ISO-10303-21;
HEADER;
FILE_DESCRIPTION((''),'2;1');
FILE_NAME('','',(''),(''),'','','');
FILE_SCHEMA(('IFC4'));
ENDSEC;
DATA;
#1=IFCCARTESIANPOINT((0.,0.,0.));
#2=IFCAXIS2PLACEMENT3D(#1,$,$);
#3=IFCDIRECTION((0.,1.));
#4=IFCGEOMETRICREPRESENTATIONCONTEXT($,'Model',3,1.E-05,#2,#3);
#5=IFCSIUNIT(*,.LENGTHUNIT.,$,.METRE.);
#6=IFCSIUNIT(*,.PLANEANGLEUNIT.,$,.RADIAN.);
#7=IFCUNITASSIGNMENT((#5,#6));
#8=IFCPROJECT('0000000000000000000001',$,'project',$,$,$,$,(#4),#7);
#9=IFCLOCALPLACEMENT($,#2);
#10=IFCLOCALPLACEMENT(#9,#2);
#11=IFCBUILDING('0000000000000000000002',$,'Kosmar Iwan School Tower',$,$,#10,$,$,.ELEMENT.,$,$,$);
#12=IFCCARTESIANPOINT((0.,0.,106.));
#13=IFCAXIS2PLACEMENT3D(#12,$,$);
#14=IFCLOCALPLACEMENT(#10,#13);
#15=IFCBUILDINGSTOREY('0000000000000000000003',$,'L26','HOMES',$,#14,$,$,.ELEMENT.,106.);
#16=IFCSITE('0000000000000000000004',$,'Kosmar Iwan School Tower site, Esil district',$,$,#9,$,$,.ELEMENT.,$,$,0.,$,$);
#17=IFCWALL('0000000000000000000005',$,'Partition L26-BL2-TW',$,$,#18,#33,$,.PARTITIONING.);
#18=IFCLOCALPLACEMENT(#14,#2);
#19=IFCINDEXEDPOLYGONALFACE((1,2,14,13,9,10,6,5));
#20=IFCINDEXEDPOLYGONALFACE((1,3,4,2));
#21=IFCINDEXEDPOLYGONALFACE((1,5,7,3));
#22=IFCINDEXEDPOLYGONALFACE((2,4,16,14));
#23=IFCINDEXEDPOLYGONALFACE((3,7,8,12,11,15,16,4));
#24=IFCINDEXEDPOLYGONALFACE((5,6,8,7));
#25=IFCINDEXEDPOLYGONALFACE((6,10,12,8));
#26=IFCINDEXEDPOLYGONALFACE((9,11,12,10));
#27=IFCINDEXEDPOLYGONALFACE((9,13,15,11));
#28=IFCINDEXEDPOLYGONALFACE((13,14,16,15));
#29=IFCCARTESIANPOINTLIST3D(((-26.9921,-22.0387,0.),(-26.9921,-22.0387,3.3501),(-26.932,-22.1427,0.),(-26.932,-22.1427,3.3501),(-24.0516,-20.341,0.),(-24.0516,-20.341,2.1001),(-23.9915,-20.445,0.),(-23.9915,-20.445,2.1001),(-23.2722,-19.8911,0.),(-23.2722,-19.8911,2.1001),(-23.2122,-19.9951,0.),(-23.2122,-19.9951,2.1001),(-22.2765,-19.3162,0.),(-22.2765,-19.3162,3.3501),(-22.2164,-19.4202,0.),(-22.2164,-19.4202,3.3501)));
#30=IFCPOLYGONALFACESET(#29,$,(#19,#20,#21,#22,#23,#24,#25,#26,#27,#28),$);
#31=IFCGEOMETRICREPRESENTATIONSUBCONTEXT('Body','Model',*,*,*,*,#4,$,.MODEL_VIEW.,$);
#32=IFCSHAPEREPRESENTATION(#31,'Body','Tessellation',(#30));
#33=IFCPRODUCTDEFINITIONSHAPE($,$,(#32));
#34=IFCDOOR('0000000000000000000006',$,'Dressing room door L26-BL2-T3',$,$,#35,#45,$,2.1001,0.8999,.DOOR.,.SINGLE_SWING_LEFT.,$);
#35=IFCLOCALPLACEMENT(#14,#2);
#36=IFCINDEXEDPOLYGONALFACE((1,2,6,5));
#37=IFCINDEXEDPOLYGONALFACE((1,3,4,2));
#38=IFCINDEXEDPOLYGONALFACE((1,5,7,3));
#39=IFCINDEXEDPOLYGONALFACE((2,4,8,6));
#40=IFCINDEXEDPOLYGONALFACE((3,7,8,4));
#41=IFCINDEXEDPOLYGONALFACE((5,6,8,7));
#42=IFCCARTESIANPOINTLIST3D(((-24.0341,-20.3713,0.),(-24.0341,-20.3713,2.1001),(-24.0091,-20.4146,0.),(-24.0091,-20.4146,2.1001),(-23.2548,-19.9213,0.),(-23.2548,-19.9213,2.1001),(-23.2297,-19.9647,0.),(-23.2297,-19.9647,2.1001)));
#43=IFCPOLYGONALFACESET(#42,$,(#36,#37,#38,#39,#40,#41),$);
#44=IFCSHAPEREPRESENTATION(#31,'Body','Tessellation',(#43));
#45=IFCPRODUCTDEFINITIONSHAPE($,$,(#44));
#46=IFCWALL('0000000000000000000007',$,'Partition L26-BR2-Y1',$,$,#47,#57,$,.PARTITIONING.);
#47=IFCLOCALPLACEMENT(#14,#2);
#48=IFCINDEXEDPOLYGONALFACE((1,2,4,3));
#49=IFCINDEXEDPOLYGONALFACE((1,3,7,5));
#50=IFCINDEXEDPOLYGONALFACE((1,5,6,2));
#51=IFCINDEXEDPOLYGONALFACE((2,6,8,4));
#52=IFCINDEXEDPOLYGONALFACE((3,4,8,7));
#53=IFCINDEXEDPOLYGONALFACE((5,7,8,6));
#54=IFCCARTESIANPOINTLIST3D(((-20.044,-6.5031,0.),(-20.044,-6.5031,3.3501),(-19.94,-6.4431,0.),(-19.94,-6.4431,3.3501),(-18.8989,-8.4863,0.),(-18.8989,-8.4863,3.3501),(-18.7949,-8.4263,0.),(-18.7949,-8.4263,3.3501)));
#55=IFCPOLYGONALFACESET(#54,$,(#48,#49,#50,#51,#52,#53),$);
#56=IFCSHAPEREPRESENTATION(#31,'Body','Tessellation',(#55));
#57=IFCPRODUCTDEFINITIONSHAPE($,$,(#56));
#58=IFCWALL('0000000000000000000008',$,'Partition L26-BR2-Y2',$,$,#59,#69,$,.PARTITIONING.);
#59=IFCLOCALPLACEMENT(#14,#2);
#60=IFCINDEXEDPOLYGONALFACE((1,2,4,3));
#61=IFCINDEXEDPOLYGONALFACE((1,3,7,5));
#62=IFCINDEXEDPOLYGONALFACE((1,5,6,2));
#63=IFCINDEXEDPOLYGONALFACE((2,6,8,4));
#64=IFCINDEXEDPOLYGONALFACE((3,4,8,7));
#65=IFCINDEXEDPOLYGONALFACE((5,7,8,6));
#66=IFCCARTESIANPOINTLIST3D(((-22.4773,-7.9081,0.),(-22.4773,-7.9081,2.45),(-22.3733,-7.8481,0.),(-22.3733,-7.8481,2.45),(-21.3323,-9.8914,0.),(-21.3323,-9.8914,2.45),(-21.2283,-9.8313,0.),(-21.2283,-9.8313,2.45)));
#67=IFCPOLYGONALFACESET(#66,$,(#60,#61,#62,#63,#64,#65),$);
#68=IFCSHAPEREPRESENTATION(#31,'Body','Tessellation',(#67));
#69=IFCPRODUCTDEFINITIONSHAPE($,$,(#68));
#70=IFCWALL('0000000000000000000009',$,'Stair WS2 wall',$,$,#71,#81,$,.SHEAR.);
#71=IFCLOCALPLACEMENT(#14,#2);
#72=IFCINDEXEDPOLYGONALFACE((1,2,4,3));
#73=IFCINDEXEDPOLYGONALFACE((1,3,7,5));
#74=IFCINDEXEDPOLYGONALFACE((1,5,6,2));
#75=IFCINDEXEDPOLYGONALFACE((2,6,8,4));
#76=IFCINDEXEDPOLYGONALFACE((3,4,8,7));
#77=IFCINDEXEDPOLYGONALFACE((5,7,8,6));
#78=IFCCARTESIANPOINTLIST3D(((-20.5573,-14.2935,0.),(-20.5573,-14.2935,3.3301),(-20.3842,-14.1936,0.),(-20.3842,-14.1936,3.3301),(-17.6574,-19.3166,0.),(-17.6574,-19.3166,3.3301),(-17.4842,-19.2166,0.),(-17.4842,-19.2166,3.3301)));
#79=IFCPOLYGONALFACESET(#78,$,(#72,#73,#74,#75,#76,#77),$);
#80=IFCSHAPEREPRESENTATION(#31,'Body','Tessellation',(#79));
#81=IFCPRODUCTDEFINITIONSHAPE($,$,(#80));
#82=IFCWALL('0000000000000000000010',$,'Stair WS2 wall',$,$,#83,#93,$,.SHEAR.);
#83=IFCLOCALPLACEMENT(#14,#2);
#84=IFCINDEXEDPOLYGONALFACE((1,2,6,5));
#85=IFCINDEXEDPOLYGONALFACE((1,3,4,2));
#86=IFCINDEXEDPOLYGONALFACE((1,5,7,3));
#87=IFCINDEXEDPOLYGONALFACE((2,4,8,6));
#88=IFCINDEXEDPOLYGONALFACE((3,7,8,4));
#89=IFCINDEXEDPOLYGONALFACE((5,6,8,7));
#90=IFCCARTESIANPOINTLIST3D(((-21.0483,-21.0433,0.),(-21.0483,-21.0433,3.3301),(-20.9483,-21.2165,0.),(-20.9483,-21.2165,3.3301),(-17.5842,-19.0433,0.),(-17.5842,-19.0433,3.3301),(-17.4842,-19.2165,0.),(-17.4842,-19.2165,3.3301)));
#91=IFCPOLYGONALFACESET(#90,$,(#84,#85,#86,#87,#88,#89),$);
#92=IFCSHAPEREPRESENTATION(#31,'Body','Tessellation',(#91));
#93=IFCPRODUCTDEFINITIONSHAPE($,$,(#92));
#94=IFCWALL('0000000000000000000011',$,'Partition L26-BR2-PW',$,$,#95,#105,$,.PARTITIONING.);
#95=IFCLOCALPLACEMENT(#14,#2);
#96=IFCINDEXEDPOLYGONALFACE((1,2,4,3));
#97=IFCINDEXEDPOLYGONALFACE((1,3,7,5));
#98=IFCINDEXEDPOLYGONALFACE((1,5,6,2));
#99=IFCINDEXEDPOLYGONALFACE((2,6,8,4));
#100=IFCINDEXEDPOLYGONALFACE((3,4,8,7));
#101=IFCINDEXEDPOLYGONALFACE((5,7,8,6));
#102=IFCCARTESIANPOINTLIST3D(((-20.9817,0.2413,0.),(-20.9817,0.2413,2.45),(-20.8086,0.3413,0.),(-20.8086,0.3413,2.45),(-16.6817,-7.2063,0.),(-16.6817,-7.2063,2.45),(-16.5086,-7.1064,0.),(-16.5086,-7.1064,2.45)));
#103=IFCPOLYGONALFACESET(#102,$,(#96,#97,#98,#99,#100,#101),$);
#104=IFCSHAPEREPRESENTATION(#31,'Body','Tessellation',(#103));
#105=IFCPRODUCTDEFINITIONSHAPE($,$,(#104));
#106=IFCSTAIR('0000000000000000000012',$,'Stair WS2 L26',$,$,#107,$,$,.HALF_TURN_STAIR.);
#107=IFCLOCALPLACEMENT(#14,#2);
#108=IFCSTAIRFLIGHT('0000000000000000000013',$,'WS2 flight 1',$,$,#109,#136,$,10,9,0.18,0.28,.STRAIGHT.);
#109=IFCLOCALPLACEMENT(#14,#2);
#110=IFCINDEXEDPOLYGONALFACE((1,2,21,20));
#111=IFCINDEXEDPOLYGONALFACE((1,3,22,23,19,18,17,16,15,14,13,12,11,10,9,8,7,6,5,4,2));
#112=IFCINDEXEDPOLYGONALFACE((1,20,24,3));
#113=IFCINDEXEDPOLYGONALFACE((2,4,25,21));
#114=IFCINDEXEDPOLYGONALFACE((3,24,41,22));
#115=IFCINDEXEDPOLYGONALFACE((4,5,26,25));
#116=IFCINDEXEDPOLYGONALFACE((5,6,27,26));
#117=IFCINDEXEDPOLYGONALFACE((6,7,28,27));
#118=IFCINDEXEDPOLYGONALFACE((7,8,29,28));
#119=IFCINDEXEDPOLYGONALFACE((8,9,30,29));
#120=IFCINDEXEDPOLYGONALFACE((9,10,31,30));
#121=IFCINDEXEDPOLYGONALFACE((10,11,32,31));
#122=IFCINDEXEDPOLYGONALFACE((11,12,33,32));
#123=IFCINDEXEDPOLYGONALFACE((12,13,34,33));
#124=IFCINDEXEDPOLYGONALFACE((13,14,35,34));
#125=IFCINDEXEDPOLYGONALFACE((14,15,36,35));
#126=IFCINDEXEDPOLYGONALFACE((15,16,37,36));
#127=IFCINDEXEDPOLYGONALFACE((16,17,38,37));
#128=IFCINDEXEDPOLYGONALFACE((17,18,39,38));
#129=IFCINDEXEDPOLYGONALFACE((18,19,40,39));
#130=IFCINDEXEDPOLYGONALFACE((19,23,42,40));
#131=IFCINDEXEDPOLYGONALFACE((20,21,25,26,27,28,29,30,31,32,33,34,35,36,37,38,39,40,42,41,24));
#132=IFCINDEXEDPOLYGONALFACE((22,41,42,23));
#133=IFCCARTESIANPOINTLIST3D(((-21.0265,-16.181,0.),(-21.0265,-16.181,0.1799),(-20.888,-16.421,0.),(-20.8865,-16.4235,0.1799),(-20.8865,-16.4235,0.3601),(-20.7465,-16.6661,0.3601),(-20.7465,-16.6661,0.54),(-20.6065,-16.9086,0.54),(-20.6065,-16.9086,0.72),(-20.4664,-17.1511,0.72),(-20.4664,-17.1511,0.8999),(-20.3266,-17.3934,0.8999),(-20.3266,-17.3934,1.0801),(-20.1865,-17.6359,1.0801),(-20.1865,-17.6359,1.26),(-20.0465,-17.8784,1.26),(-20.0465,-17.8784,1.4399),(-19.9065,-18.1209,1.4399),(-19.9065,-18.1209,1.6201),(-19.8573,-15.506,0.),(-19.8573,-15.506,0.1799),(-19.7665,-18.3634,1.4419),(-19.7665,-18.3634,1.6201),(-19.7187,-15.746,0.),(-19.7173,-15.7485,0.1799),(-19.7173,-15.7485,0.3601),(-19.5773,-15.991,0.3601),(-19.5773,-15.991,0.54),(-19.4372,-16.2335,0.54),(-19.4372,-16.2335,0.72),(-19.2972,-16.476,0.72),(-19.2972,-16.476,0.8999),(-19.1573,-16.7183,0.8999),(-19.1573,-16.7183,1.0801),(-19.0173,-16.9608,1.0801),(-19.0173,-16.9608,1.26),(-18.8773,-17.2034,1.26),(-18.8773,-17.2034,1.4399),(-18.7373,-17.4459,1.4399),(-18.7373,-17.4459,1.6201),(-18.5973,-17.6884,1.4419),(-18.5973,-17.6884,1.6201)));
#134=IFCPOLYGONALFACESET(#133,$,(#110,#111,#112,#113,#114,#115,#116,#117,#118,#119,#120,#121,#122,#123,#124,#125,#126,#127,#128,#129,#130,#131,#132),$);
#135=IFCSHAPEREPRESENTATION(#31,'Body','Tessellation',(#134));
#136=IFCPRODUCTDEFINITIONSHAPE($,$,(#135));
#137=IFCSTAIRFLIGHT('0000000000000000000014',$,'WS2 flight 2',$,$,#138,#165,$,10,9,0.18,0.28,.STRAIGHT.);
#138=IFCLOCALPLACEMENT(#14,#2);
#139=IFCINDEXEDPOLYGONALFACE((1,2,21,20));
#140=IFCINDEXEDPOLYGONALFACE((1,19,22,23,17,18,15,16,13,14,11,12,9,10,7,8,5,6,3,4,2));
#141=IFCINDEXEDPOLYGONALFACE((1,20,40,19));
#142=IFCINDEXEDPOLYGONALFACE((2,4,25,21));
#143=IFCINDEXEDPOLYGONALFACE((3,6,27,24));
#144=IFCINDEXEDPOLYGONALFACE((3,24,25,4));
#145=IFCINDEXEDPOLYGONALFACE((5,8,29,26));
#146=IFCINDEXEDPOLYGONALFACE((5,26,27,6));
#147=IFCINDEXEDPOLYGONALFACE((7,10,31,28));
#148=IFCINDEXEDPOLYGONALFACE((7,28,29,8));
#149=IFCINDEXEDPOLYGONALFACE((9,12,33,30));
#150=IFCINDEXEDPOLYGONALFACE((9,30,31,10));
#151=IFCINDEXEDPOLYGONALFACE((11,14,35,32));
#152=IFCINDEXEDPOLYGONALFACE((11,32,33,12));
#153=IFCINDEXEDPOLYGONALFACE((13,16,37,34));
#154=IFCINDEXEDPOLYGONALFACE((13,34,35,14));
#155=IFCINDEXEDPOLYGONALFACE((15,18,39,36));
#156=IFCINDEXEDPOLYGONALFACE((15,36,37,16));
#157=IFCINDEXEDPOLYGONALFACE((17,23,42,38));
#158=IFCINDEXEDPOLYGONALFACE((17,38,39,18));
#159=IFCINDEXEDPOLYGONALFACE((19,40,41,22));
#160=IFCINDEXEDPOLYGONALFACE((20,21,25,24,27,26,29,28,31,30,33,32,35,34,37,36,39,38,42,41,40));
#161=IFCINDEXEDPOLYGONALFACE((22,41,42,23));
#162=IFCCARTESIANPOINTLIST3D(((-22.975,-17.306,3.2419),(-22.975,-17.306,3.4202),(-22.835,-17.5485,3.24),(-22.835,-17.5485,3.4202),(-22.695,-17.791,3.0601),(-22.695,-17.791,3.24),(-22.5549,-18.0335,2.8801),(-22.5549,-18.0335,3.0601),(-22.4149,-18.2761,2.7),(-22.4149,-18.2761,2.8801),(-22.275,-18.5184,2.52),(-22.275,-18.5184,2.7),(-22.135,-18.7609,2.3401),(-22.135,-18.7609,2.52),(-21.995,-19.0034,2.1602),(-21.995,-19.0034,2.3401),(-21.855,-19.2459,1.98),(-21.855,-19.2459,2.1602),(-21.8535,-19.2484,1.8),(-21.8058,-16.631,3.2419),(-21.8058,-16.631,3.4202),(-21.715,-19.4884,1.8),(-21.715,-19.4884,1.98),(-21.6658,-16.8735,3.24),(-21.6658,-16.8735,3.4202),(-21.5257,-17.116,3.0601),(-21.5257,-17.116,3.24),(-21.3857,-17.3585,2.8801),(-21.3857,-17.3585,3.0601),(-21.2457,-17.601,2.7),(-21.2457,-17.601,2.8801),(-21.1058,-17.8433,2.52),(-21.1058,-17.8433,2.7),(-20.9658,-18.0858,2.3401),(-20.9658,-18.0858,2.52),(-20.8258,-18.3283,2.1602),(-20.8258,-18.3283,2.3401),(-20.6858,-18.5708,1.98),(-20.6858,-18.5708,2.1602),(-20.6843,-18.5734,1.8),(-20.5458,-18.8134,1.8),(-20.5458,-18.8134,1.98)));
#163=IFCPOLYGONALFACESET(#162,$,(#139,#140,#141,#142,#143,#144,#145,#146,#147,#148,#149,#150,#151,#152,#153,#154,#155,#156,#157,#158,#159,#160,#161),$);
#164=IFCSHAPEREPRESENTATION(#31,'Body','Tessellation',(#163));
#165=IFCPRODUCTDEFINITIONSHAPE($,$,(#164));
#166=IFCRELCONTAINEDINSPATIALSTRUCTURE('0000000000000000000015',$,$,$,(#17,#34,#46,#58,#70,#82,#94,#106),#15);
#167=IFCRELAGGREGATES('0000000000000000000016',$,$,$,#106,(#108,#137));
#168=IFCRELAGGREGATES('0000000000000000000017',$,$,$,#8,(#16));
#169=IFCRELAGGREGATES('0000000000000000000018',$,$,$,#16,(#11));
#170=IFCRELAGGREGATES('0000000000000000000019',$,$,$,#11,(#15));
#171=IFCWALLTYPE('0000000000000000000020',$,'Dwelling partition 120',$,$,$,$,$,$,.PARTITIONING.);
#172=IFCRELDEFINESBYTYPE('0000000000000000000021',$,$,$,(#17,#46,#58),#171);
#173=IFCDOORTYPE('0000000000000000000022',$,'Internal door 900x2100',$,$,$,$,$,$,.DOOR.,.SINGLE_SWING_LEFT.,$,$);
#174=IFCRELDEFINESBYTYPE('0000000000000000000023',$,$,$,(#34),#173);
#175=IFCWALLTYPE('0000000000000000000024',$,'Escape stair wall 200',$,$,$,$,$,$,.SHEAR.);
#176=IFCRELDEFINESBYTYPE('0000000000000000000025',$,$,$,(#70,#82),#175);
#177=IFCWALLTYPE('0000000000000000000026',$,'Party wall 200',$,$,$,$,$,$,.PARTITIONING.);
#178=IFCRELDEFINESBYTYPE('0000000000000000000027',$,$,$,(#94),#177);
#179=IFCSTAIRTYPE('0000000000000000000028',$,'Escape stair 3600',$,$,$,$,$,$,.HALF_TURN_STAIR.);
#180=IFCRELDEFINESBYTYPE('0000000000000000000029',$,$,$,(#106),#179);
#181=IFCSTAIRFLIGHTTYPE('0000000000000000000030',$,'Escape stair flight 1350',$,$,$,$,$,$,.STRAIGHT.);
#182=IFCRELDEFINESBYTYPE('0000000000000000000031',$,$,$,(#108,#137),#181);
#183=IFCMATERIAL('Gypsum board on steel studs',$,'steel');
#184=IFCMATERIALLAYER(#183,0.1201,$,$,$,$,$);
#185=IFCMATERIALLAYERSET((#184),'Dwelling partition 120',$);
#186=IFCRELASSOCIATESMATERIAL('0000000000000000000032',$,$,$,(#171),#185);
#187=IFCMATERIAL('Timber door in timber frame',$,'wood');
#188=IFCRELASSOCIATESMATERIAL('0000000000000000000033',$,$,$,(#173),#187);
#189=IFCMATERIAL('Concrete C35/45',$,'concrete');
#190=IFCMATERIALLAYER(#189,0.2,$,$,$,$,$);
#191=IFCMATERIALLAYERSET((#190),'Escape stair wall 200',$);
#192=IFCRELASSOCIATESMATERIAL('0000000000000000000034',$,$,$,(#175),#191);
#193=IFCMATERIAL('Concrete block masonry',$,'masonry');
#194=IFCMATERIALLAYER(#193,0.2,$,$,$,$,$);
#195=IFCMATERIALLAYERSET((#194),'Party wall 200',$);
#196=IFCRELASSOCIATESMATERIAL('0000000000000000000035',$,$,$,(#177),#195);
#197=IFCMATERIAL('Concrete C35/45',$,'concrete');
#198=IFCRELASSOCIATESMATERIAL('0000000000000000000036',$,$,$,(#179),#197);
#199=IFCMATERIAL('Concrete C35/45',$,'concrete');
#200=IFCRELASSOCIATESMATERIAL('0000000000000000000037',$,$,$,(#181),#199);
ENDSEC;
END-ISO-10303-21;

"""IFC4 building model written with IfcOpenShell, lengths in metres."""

from ifc_helpers import new_model, si_unit, direction, frame, frame_2d, origin, place, context, subcontext, project, spatial, polyline, rectangle, outline, extrude, material, layer, layer_set, type_object, element, fill, aggregate, save


model = new_model("IFC4")

# Units and contexts
model_context = context("Model", 3, precision=1e-05, world=origin(), true_north=direction((0.0, 1.0)))
body_context = subcontext(model_context, "Body", "Model", "MODEL_VIEW")
ifc_project = project(units=[si_unit("LENGTHUNIT", "METRE"), si_unit("PLANEANGLEUNIT", "RADIAN")], contexts=[model_context])

# Site, building, storey
site_placement = place(None, origin())
site = spatial("IfcSite", under=ifc_project, at=site_placement, Name="Kosmar Iwan School Tower site, Esil district", CompositionType="ELEMENT", RefElevation=0.0)
building_placement = place(site_placement, origin())
building = spatial("IfcBuilding", under=site, at=building_placement, Name="Kosmar Iwan School Tower", CompositionType="ELEMENT")
storey_placement = place(building_placement, frame((0.0, 0.0, 106.0)))
storey = spatial("IfcBuildingStorey", under=building, at=storey_placement, Name="L26", Description="HOMES", CompositionType="ELEMENT", Elevation=106.0)

# Shared definitions
ifc_material_1 = material(Name="Gypsum board on steel studs", Category="steel")
ifc_layer_1 = layer(ifc_material_1, 0.1201)
ifc_layer_set_1 = layer_set([ifc_layer_1], Name="Dwelling partition 120")
wall_type_1 = type_object("IfcWallType", Name="Dwelling partition 120", PredefinedType="PARTITIONING", material=ifc_layer_set_1)

# Wall, opening, door
ifc_material_2 = material(Name="Timber door in timber frame", Category="wood")
door_type_1 = type_object("IfcDoorType", Name="Internal door 900x2100", OperationType="SINGLE_SWING_LEFT", PredefinedType="DOOR", material=ifc_material_2)
wall_1_placement = place(storey_placement, frame((-22.2463, -19.3682, 0.0), z_axis=(0.0, 0.0, 1.0), x_axis=(-0.866036, -0.499982, 0.0)))
wall_1 = element("IfcWall", 1, at=wall_1_placement, inside=storey, type_object=wall_type_1, Name="Partition L26-BL2-TW", PredefinedType="PARTITIONING", context=body_context, shape_type="SweptSolid", body=[
    extrude(rectangle(XDim=5.4451, YDim=0.1201, at=frame_2d((2.7227, 0.0))), origin(), (0.0, 0.0, 1.0), 3.3501),
])
opening_1_placement = place(wall_1_placement, frame((1.1499, 0.0, 0.0)))
opening_1 = element("IfcOpeningElement", 2, at=opening_1_placement, cuts=wall_1, PredefinedType="OPENING", context=body_context, shape_type="SweptSolid", body=[
    extrude(rectangle(XDim=0.8999, YDim=2.1001, at=frame_2d((0.45, 1.05))), frame((0.0, 0.072, 0.0), z_axis=(0.0, -1.0, 0.0), x_axis=(1.0, 0.0, 0.0)), (0.0, 0.0, 1.0), 0.144),
])
door_1_placement = place(opening_1_placement, origin())
door_1 = element("IfcDoor", 3, at=door_1_placement, inside=storey, type_object=door_type_1, Name="Dressing room door L26-BL2-T3", OperationType="SINGLE_SWING_LEFT", OverallHeight=2.1001, OverallWidth=0.8999, PredefinedType="DOOR", context=body_context, shape_type="SweptSolid", body=[
    extrude(rectangle(XDim=0.8999, YDim=2.1001, at=frame_2d((0.45, 1.05))), frame((0.0, 0.0249, 0.0), z_axis=(0.0, -1.0, 0.0), x_axis=(1.0, 0.0, 0.0)), (0.0, 0.0, 1.0), 0.05),
])
fill(opening_1, door_1)

# Walls
wall_2_placement = place(storey_placement, frame((-18.8469, -8.4563, 0.0), z_axis=(0.0, 0.0, 1.0), x_axis=(-0.500015, 0.866017, 0.0)))
element("IfcWall", 4, at=wall_2_placement, inside=storey, type_object=wall_type_1, Name="Partition L26-BR2-Y1", PredefinedType="PARTITIONING", context=body_context, shape_type="SweptSolid", body=[
    extrude(rectangle(XDim=2.29, YDim=0.1201, at=frame_2d((1.145, 0.0))), origin(), (0.0, 0.0, 1.0), 3.3501),
])
wall_3_placement = place(storey_placement, frame((-21.2803, -9.8613, 0.0), z_axis=(0.0, 0.0, 1.0), x_axis=(-0.500015, 0.866017, 0.0)))
element("IfcWall", 5, at=wall_3_placement, inside=storey, type_object=wall_type_1, Name="Partition L26-BR2-Y2", PredefinedType="PARTITIONING", context=body_context, shape_type="SweptSolid", body=[
    extrude(rectangle(XDim=2.29, YDim=0.1201, at=frame_2d((1.145, 0.0))), origin(), (0.0, 0.0, 1.0), 2.45),
])
ifc_material_3 = material(Name="Concrete C35/45", Category="concrete")
ifc_layer_2 = layer(ifc_material_3, 0.2)
ifc_layer_set_2 = layer_set([ifc_layer_2], Name="Escape stair wall 200")
wall_type_2 = type_object("IfcWallType", Name="Escape stair wall 200", PredefinedType="SHEAR", material=ifc_layer_set_2)
wall_4_placement = place(storey_placement, frame((-20.4707, -14.2437, 0.0), z_axis=(0.0, 0.0, 1.0), x_axis=(0.499987, -0.866033, 0.0)))
element("IfcWall", 6, at=wall_4_placement, inside=storey, type_object=wall_type_2, Name="Stair WS2 wall", PredefinedType="SHEAR", context=body_context, shape_type="SweptSolid", body=[
    extrude(rectangle(XDim=5.8, YDim=0.2, at=frame_2d((2.8999, 0.0))), origin(), (0.0, 0.0, 1.0), 3.3301),
])
wall_5_placement = place(storey_placement, frame((-17.5342, -19.1299, 0.0), z_axis=(0.0, 0.0, 1.0), x_axis=(-0.866026, -0.499999, 0.0)))
element("IfcWall", 7, at=wall_5_placement, inside=storey, type_object=wall_type_2, Name="Stair WS2 wall", PredefinedType="SHEAR", context=body_context, shape_type="SweptSolid", body=[
    extrude(rectangle(XDim=4.0, YDim=0.2, at=frame_2d((2.0, 0.0))), origin(), (0.0, 0.0, 1.0), 3.3301),
])
ifc_material_4 = material(Name="Concrete block masonry", Category="masonry")
ifc_layer_3 = layer(ifc_material_4, 0.2)
ifc_layer_set_3 = layer_set([ifc_layer_3], Name="Party wall 200")
wall_type_3 = type_object("IfcWallType", Name="Party wall 200", PredefinedType="PARTITIONING", material=ifc_layer_set_3)
wall_6_placement = place(storey_placement, frame((-16.5952, -7.1562, 0.0), z_axis=(0.0, 0.0, 1.0), x_axis=(-0.500008, 0.866021, 0.0)))
element("IfcWall", 8, at=wall_6_placement, inside=storey, type_object=wall_type_3, Name="Partition L26-BR2-PW", PredefinedType="PARTITIONING", context=body_context, shape_type="SweptSolid", body=[
    extrude(rectangle(XDim=8.5999, YDim=0.2, at=frame_2d((4.2998, 0.0))), origin(), (0.0, 0.0, 1.0), 2.45),
])

# Stair, stair flights
ifc_material_5 = material(Name="Concrete C35/45", Category="concrete")
stair_type = type_object("IfcStairType", Name="Escape stair 3600", PredefinedType="HALF_TURN_STAIR", material=ifc_material_5)
stair_placement = place(storey_placement, origin())
stair = element("IfcStair", 9, at=stair_placement, inside=storey, type_object=stair_type, Name="Stair WS2 L26", PredefinedType="HALF_TURN_STAIR")
ifc_material_6 = material(Name="Concrete C35/45", Category="concrete")
stair_flight_type = type_object("IfcStairFlightType", Name="Escape stair flight 1350", PredefinedType="STRAIGHT", material=ifc_material_6)
stair_flight_1_placement = place(storey_placement, frame((-20.4419, -15.8435, 0.0), z_axis=(0.0, 0.0, 1.0), x_axis=(0.5, -0.866025, 0.0)))
stair_flight_1 = element("IfcStairFlight", 10, at=stair_flight_1_placement, type_object=stair_flight_type, Name="WS2 flight 1", NumberOfRisers=10, NumberOfTreads=9, PredefinedType="STRAIGHT", RiserHeight=0.18, TreadLength=0.28, context=body_context, shape_type="SweptSolid", body=[
    extrude(outline(polyline([(0.0, 0.0), (0.0, 0.1799), (0.28, 0.1799), (0.28, 0.3601), (0.5601, 0.3601), (0.5601, 0.54), (0.8401, 0.54), (0.8401, 0.72), (1.1201, 0.72), (1.1201, 0.8999), (1.3999, 0.8999), (1.3999, 1.0801), (1.6799, 1.0801), (1.6799, 1.26), (1.96, 1.26), (1.96, 1.4399), (2.24, 1.4399), (2.24, 1.6201), (2.52, 1.6201), (2.52, 1.8), (2.52, 1.4419), (0.2771, 0.0), (0.0, 0.0)])), frame((0.0, 0.675, 0.0), z_axis=(0.0, -1.0, 0.0), x_axis=(1.0, 0.0, 0.0)), (0.0, 0.0, 1.0), 1.3501),
])
stair_flight_2_placement = place(storey_placement, frame((-21.1304, -19.1509, 1.8), z_axis=(0.0, 0.0, 1.0), x_axis=(-0.5, 0.866025, 0.0)))
stair_flight_2 = element("IfcStairFlight", 11, at=stair_flight_2_placement, type_object=stair_flight_type, Name="WS2 flight 2", NumberOfRisers=10, NumberOfTreads=9, PredefinedType="STRAIGHT", RiserHeight=0.18, TreadLength=0.28, context=body_context, shape_type="SweptSolid", body=[
    extrude(outline(polyline([(0.0, 0.0), (0.0, 0.1799), (0.28, 0.1799), (0.28, 0.3601), (0.5601, 0.3601), (0.5601, 0.54), (0.8401, 0.54), (0.8401, 0.72), (1.1201, 0.72), (1.1201, 0.8999), (1.3999, 0.8999), (1.3999, 1.0801), (1.6799, 1.0801), (1.6799, 1.26), (1.96, 1.26), (1.96, 1.4399), (2.24, 1.4399), (2.24, 1.6201), (2.52, 1.6201), (2.52, 1.8), (2.52, 1.4419), (0.2771, 0.0), (0.0, 0.0)])), frame((0.0, 0.675, 0.0), z_axis=(0.0, -1.0, 0.0), x_axis=(1.0, 0.0, 0.0)), (0.0, 0.0, 1.0), 1.3501),
])
aggregate(stair, [stair_flight_1, stair_flight_2])

save(model, "model.ifc")
